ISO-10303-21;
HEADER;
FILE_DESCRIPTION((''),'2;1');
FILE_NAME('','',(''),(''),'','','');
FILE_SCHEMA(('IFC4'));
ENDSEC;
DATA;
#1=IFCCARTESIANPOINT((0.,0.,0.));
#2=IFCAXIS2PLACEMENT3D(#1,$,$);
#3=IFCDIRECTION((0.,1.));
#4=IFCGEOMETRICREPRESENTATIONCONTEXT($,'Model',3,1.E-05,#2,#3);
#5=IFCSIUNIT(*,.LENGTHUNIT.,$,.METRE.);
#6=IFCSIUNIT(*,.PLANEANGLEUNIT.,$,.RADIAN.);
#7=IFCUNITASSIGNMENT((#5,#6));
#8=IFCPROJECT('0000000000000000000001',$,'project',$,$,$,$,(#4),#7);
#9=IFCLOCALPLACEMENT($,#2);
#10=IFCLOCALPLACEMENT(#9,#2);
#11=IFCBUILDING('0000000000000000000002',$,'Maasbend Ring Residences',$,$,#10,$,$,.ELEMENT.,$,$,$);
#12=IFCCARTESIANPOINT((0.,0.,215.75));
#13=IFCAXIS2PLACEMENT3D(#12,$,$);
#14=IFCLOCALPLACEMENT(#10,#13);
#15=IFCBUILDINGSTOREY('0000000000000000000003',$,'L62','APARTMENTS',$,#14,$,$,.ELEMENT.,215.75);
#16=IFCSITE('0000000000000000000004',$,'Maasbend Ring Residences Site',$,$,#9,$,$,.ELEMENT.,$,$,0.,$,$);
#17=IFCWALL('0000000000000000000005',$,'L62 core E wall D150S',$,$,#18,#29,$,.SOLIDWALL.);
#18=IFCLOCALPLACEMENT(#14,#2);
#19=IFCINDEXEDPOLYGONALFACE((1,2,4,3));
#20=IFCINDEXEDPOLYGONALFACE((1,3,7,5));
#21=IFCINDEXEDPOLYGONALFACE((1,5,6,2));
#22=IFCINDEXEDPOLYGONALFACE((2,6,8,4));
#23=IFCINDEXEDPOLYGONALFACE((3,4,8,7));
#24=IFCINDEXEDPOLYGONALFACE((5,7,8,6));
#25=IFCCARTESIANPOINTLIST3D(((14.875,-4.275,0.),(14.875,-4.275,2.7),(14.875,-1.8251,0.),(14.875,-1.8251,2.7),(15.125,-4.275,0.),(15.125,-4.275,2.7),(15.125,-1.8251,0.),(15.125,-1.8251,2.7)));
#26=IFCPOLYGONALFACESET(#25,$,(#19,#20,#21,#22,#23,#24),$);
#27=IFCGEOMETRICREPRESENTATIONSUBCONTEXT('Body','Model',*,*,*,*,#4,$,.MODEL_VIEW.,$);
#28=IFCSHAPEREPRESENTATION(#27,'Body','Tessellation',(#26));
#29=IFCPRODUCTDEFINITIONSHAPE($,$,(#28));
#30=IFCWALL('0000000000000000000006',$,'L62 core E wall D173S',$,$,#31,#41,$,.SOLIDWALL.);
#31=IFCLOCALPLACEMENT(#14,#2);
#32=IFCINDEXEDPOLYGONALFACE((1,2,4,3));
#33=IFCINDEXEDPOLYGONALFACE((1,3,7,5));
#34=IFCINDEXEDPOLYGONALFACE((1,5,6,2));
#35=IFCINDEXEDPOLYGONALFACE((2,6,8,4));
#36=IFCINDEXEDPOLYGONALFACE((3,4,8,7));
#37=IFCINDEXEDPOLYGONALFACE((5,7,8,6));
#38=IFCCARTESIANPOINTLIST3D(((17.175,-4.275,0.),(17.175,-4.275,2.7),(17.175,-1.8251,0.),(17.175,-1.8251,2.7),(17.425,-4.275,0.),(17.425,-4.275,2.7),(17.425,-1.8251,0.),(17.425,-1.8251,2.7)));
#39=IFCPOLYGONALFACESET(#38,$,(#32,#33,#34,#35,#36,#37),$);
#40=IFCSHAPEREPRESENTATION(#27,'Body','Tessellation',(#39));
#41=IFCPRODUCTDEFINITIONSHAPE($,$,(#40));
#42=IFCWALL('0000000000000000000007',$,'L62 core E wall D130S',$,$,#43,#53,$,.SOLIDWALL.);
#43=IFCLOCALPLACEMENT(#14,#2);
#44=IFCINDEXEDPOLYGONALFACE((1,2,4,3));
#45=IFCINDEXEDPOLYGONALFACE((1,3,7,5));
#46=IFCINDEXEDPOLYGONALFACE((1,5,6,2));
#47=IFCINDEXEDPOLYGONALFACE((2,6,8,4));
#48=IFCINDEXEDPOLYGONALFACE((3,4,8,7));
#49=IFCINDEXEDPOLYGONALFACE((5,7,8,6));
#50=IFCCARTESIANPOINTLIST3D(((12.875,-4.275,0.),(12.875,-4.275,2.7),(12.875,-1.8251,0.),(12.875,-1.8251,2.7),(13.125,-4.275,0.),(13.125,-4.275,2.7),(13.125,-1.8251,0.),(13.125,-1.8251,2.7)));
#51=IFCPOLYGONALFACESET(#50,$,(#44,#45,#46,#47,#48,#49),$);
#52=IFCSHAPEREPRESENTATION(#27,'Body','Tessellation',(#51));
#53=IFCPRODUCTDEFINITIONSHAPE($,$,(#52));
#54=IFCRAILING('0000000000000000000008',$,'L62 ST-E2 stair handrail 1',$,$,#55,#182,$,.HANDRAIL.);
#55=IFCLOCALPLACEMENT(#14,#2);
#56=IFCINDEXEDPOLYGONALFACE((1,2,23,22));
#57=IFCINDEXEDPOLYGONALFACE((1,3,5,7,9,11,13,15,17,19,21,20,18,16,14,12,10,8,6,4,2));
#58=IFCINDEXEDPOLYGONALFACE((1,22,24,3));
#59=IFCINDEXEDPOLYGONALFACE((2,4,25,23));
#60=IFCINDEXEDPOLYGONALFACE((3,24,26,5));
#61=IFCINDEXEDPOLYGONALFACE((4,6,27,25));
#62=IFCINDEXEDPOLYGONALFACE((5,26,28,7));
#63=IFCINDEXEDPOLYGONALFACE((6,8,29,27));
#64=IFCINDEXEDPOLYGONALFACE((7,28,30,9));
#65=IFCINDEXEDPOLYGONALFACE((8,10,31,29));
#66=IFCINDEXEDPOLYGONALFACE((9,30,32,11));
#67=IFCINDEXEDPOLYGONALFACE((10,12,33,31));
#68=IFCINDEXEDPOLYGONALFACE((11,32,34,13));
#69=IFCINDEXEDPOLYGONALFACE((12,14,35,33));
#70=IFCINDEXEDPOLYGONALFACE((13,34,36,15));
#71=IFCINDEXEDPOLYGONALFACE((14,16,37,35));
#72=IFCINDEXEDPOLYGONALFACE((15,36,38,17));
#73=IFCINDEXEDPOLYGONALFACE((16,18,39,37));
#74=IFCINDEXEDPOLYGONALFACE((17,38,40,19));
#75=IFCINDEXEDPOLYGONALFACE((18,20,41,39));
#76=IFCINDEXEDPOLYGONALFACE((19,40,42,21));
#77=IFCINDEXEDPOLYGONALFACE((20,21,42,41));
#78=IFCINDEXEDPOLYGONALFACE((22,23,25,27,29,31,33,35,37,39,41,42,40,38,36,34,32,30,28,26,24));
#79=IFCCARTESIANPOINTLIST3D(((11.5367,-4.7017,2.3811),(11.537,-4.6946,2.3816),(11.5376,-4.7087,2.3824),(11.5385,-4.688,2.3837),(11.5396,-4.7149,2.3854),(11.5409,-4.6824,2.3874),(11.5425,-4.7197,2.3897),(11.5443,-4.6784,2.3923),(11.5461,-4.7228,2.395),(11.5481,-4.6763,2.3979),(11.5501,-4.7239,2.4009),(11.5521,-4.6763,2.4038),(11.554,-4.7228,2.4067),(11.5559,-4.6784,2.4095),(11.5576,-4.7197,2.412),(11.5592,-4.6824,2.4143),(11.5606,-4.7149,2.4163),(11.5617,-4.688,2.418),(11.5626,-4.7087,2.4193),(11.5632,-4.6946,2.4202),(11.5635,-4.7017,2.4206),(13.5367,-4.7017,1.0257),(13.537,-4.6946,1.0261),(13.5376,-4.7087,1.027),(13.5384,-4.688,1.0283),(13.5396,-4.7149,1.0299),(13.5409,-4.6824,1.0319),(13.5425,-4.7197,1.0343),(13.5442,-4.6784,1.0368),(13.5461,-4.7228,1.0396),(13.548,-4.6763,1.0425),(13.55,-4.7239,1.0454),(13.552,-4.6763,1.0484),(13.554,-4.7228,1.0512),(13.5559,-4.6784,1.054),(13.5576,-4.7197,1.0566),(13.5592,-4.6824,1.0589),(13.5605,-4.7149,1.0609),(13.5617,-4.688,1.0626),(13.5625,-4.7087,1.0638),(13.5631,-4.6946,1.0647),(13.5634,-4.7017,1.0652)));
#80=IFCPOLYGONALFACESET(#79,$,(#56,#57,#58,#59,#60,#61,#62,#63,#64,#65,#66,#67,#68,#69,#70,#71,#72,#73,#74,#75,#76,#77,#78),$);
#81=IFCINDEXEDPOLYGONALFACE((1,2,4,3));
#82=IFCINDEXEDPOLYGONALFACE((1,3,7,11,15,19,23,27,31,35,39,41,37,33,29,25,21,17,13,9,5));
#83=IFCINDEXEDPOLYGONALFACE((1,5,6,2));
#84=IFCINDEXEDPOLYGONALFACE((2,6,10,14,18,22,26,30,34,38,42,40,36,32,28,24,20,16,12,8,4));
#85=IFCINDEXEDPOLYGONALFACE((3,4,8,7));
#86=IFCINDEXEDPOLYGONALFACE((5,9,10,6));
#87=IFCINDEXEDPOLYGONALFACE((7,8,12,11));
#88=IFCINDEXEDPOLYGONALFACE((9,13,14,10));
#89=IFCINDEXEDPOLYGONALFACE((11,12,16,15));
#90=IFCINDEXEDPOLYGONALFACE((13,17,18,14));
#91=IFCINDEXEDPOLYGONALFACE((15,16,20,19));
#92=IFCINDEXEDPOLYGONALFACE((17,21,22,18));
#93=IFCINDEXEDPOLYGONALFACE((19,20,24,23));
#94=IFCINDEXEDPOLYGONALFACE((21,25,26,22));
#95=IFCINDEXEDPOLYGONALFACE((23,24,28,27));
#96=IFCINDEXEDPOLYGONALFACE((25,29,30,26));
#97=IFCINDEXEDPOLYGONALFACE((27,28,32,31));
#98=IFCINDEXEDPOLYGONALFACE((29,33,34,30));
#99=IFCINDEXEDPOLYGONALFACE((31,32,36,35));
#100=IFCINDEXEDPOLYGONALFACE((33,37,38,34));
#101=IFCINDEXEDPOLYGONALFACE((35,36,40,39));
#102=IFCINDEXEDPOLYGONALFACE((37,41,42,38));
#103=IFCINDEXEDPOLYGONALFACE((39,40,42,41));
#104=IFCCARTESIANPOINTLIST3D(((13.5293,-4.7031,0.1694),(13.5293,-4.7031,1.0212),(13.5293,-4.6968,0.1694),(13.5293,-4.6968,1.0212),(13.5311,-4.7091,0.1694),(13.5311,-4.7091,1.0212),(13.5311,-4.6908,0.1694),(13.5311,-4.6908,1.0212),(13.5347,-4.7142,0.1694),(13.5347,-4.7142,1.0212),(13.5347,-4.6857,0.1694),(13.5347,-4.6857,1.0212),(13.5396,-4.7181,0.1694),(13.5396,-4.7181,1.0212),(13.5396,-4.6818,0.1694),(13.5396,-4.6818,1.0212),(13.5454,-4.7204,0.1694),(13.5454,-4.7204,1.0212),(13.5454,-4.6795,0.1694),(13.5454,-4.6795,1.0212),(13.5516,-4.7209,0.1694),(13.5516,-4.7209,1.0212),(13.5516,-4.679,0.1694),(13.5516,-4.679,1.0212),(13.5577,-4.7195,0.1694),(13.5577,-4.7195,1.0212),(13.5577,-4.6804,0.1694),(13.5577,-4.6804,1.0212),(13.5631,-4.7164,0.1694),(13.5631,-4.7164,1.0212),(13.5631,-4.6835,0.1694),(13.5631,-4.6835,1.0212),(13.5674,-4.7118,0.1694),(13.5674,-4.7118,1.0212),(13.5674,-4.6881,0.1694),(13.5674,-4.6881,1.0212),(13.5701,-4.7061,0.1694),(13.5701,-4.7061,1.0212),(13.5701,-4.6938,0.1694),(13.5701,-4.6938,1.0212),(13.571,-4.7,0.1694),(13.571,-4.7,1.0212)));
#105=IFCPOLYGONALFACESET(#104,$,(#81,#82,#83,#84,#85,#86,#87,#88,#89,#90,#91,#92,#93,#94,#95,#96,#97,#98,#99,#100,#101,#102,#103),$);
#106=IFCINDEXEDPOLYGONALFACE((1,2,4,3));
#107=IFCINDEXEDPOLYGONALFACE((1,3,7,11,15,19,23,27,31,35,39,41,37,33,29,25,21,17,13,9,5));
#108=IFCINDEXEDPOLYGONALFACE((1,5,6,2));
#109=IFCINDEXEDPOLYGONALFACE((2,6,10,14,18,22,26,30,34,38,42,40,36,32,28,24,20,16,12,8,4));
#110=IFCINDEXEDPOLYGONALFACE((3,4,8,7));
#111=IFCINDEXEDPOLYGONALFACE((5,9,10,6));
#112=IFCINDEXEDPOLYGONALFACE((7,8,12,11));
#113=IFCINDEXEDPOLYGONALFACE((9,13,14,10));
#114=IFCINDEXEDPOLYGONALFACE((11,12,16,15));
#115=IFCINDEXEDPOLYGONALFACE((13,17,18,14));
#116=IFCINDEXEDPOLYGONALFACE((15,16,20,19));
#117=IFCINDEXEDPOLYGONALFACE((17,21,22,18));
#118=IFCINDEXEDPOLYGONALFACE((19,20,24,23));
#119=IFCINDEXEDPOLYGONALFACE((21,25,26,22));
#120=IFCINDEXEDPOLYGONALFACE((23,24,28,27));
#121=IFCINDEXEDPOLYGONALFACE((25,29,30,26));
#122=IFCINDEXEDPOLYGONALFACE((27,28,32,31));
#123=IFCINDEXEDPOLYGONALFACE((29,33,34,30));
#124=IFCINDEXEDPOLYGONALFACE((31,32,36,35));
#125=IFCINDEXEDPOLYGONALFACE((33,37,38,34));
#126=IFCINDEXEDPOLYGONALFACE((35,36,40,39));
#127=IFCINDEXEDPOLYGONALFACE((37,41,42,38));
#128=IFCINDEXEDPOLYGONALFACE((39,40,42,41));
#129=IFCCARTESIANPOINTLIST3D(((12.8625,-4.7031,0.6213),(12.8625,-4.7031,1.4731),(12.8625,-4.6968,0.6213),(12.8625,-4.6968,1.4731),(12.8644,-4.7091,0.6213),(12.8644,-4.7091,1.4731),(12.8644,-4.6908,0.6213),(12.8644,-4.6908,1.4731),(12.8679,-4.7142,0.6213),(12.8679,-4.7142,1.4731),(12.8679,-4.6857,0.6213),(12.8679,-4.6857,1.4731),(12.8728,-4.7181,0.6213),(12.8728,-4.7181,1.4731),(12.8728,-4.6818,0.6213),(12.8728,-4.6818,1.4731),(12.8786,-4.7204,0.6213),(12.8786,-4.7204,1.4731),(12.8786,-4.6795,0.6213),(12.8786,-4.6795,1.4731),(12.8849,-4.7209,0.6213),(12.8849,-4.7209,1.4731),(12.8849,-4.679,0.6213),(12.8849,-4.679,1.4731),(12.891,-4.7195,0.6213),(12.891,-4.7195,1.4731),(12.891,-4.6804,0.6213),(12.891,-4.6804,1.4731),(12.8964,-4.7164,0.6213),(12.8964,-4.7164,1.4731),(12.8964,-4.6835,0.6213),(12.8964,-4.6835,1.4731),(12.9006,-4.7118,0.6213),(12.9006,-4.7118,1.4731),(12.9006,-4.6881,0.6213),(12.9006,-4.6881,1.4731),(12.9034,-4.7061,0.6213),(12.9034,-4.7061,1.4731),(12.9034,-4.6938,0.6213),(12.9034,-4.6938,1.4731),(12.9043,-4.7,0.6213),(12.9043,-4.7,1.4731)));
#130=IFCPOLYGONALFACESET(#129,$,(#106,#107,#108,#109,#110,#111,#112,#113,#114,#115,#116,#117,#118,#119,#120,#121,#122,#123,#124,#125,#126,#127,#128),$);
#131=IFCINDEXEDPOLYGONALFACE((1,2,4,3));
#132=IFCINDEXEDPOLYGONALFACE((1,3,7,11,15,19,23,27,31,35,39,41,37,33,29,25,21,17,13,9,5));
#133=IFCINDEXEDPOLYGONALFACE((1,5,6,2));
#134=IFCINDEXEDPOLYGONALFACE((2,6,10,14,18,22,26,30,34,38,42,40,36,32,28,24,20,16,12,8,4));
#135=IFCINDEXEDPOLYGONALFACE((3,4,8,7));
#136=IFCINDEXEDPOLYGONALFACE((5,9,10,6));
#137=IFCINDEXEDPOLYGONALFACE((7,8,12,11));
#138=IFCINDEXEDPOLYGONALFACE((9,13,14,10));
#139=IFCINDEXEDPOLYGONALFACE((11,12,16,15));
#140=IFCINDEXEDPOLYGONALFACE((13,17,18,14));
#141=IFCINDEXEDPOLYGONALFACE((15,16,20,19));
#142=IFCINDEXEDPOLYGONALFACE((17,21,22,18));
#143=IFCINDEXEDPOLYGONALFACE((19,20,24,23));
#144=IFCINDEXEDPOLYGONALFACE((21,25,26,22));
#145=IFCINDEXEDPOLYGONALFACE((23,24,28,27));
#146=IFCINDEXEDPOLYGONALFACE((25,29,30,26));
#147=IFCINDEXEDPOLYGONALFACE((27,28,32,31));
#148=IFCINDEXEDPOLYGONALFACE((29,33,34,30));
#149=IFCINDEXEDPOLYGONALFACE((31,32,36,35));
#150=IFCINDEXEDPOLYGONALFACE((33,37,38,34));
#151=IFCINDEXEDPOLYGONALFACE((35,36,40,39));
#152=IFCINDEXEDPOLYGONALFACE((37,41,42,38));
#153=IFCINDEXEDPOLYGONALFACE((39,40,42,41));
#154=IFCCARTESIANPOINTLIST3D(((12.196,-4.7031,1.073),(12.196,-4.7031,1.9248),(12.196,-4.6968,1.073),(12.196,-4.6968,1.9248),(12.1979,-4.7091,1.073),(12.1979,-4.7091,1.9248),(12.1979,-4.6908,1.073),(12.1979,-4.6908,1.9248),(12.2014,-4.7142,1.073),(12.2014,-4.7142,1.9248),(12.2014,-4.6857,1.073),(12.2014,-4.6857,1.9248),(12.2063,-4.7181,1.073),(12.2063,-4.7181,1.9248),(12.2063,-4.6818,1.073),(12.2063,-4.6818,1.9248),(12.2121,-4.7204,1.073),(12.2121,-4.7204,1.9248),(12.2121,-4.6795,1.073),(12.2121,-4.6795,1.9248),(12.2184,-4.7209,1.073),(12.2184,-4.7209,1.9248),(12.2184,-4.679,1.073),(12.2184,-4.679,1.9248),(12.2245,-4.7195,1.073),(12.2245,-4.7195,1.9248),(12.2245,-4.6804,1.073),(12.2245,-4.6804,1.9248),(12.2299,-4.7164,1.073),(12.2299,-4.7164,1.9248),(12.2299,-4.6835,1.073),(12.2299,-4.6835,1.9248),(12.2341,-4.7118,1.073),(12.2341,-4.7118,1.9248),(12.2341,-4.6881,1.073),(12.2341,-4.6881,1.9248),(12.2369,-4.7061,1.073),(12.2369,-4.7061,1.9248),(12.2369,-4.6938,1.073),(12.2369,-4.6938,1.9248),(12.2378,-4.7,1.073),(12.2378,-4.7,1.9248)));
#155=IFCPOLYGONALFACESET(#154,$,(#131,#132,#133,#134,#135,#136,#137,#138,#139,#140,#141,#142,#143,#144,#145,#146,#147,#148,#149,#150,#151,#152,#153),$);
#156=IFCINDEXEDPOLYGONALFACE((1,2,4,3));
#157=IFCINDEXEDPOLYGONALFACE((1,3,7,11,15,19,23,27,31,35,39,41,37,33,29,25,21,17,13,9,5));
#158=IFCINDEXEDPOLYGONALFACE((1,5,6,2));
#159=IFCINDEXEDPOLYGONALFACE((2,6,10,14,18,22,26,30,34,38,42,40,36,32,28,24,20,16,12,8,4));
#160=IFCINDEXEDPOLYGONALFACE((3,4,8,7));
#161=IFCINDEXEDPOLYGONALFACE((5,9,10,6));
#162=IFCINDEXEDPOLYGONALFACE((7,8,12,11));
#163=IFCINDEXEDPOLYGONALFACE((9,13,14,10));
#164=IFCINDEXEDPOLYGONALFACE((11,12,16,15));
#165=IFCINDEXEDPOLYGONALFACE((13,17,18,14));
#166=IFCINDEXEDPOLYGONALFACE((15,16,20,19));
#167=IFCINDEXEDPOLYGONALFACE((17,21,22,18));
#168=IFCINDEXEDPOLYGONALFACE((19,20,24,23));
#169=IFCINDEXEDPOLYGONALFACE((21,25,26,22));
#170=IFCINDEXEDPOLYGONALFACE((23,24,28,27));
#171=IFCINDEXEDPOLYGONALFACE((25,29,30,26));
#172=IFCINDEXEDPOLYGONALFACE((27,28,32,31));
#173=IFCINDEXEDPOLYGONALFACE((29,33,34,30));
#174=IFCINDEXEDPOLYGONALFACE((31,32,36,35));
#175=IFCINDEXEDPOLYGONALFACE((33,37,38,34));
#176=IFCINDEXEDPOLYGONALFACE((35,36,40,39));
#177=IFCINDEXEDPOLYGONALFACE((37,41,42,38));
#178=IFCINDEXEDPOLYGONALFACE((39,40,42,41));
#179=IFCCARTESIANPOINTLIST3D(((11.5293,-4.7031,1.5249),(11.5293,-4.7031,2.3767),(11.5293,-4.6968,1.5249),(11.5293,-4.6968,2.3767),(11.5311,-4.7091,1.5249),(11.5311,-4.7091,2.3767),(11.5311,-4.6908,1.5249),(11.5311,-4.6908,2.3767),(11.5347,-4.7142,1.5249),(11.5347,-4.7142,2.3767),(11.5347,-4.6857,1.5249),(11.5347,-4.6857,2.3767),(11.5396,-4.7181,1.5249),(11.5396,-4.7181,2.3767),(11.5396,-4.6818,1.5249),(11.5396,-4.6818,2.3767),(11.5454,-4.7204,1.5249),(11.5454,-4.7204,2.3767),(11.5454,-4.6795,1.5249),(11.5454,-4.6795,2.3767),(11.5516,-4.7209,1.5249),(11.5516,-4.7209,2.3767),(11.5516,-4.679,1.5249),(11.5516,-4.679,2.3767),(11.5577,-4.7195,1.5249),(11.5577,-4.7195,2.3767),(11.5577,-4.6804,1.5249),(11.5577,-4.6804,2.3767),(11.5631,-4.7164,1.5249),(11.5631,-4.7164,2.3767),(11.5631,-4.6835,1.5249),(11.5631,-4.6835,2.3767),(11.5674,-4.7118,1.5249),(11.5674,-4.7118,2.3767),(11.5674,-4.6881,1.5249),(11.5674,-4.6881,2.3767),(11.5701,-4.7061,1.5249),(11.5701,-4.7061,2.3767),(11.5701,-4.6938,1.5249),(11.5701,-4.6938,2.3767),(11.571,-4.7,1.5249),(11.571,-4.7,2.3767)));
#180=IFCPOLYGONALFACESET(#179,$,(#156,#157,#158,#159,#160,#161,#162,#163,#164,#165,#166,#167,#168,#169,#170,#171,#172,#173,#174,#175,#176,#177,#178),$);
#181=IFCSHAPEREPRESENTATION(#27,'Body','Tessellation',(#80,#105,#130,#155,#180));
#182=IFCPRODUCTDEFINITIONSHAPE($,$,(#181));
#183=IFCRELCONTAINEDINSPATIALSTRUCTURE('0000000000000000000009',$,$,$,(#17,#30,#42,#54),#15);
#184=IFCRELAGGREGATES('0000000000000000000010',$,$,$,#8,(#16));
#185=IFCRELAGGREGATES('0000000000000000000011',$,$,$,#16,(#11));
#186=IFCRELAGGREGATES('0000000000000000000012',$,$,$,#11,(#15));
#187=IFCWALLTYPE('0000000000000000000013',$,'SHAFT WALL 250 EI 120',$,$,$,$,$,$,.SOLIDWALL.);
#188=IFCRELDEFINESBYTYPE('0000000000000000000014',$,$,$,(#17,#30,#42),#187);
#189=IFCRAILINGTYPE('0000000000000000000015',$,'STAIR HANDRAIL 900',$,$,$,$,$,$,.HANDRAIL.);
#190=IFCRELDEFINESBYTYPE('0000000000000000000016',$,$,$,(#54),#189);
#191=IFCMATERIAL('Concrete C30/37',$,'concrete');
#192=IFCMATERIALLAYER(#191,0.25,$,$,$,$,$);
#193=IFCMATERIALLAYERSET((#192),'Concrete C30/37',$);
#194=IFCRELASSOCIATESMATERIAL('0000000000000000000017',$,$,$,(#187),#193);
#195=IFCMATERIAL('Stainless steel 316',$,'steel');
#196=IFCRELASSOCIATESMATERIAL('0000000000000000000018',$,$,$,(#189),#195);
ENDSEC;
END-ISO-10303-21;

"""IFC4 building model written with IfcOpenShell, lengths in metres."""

from ifc_helpers import new_model, si_unit, direction, frame, frame_2d, origin, origin_2d, place, context, subcontext, project, spatial, rectangle, circle, extrude, material, layer, layer_set, type_object, element, save


model = new_model("IFC4")

# Units and contexts
model_context = context("Model", 3, precision=1e-05, world=origin(), true_north=direction((0.0, 1.0)))
body_context = subcontext(model_context, "Body", "Model", "MODEL_VIEW")
ifc_project = project(units=[si_unit("LENGTHUNIT", "METRE"), si_unit("PLANEANGLEUNIT", "RADIAN")], contexts=[model_context])

# Site, building, storey
site_placement = place(None, origin())
site = spatial("IfcSite", under=ifc_project, at=site_placement, Name="Maasbend Ring Residences Site", CompositionType="ELEMENT", RefElevation=0.0)
building_placement = place(site_placement, origin())
building = spatial("IfcBuilding", under=site, at=building_placement, Name="Maasbend Ring Residences", CompositionType="ELEMENT")
storey_placement = place(building_placement, frame((0.0, 0.0, 215.75)))
storey = spatial("IfcBuildingStorey", under=building, at=storey_placement, Name="L62", Description="APARTMENTS", CompositionType="ELEMENT", Elevation=215.75)

# Walls
ifc_material_1 = material(Name="Concrete C30/37", Category="concrete")
ifc_layer_1 = layer(ifc_material_1, 0.25)
ifc_layer_set_1 = layer_set([ifc_layer_1], Name="Concrete C30/37")
wall_type_1 = type_object("IfcWallType", Name="SHAFT WALL 250 EI 120", PredefinedType="SOLIDWALL", material=ifc_layer_set_1)
for number, where, z_axis, x_axis, name in (
    (1, (15.0, -1.825, 0.0), (0.0, 0.0, 1.0), (0.0, -1.0, 0.0), "L62 core E wall D150S"),
    (2, (17.3, -1.825, 0.0), (0.0, 0.0, 1.0), (0.0, -1.0, 0.0), "L62 core E wall D173S"),
    (3, (13.0, -1.825, 0.0), (0.0, 0.0, 1.0), (0.0, -1.0, 0.0), "L62 core E wall D130S"),
):
    element("IfcWall", number, at=place(storey_placement, frame(where, z_axis=z_axis, x_axis=x_axis)), inside=storey, type_object=wall_type_1, Name=name, PredefinedType="SOLIDWALL", context=body_context, shape_type="SweptSolid", body=[
        extrude(rectangle(XDim=2.45, YDim=0.25, at=frame_2d((1.2251, 0.0))), origin(), (0.0, 0.0, 1.0), 2.7),
    ])

# Railing
ifc_material_2 = material(Name="Stainless steel 316", Category="steel")
railing_type_1 = type_object("IfcRailingType", Name="STAIR HANDRAIL 900", PredefinedType="HANDRAIL", material=ifc_material_2)
railing_1_placement = place(storey_placement, frame((13.55, -4.7, 0.1694)))
element("IfcRailing", 4, at=railing_1_placement, inside=storey, type_object=railing_type_1, Name="L62 ST-E2 stair handrail 1", PredefinedType="HANDRAIL", context=body_context, shape_type="SweptSolid", body=[
    extrude(circle(Radius=0.0239, at=origin_2d()), frame((0.0, 0.0, 0.876), z_axis=(-0.827798, 0.0, 0.561027), x_axis=(0.0, -1.0, 0.0)), (0.0, 0.0, 1.0), 2.416),
    extrude(circle(Radius=0.021, at=origin_2d()), origin(), (0.0, 0.0, 1.0), 0.8518),
    extrude(circle(Radius=0.021, at=origin_2d()), frame((-0.6667, 0.0, 0.4519)), (0.0, 0.0, 1.0), 0.8518),
    extrude(circle(Radius=0.021, at=origin_2d()), frame((-1.3333, 0.0, 0.9036)), (0.0, 0.0, 1.0), 0.8518),
    extrude(circle(Radius=0.021, at=origin_2d()), frame((-2.0, 0.0, 1.3555)), (0.0, 0.0, 1.0), 0.8518),
])

save(model, "model.ifc")
